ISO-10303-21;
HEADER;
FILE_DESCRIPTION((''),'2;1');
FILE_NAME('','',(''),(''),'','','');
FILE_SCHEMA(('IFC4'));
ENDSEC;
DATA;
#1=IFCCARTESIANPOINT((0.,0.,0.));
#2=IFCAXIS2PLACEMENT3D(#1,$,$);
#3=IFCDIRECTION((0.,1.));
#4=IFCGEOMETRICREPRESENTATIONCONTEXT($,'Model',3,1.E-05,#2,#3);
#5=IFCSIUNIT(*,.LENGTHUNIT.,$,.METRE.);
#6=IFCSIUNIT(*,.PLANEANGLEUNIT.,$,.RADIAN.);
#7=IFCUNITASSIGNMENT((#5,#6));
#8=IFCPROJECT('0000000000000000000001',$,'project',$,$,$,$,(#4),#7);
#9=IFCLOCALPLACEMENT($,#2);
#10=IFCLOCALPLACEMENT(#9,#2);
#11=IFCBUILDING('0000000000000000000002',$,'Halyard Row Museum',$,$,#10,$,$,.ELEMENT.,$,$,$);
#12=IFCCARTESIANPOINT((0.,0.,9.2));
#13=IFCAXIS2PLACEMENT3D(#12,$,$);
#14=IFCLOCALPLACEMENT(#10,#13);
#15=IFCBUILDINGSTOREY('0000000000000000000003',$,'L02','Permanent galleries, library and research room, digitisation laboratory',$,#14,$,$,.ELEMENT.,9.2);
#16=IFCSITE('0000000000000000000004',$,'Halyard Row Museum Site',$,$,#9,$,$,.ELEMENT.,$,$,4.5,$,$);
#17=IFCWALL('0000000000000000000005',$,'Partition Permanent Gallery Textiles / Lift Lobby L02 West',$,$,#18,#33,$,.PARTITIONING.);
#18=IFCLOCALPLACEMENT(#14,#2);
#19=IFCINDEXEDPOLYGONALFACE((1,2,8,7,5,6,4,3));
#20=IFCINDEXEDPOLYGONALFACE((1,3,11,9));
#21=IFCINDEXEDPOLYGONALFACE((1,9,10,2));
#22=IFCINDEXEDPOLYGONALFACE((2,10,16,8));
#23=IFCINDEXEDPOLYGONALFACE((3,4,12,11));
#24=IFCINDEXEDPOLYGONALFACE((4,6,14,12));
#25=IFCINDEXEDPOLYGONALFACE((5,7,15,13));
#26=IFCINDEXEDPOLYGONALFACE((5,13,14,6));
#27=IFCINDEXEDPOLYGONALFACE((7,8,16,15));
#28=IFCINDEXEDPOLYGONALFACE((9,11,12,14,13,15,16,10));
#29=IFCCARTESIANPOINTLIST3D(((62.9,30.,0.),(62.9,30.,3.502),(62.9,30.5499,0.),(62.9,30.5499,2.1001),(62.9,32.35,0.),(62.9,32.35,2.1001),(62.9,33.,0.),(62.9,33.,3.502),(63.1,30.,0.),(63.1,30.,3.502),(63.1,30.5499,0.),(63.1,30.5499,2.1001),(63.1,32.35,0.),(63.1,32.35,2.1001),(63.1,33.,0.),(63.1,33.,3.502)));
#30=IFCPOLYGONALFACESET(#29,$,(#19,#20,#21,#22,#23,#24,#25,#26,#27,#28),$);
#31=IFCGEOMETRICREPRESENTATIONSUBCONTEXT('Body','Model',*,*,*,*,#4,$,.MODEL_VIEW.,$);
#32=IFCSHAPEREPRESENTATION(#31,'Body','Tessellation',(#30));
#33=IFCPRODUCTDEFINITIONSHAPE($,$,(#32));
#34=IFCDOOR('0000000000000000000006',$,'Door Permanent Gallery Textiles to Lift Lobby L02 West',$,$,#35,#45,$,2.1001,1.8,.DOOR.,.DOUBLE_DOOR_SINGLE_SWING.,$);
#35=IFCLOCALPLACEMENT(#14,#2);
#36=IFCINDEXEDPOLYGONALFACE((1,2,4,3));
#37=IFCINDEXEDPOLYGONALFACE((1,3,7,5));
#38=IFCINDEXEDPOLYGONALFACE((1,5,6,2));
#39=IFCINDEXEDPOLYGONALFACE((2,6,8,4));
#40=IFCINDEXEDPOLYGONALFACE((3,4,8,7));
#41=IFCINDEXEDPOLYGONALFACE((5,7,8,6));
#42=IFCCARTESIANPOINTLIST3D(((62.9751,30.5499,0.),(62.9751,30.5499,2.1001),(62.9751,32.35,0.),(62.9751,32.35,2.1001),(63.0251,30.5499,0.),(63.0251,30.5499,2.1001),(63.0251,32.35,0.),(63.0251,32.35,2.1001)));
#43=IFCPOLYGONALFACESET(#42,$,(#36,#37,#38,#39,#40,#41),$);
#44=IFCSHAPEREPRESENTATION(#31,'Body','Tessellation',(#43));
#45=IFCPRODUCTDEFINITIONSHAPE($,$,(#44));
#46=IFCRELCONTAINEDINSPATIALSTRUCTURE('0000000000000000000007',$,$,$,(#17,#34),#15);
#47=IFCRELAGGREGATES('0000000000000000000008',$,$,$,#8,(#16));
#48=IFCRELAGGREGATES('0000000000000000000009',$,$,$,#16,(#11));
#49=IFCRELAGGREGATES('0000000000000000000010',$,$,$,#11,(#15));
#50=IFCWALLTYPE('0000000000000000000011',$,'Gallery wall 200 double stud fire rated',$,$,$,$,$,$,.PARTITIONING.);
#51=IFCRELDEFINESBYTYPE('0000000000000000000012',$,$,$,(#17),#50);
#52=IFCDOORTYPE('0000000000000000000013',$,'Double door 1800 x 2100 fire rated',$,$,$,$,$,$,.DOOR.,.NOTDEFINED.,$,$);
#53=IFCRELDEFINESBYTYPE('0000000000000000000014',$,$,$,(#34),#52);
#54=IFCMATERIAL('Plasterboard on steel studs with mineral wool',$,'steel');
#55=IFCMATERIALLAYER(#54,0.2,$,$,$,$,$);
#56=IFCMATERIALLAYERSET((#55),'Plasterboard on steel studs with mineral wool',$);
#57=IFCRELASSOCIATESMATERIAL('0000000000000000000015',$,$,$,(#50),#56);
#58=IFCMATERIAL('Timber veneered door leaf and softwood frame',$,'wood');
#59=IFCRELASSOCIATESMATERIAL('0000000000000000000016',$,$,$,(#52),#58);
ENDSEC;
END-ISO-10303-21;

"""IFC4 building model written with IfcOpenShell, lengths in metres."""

from ifc_helpers import new_model, si_unit, direction, frame, frame_2d, origin, place, context, subcontext, project, spatial, rectangle, extrude, material, layer, layer_set, type_object, element, fill, save


model = new_model("IFC4")

# Units and contexts
model_context = context("Model", 3, precision=1e-05, world=origin(), true_north=direction((0.0, 1.0)))
body_context = subcontext(model_context, "Body", "Model", "MODEL_VIEW")
ifc_project = project(units=[si_unit("LENGTHUNIT", "METRE"), si_unit("PLANEANGLEUNIT", "RADIAN")], contexts=[model_context])

# Site, building, storey
site_placement = place(None, origin())
site = spatial("IfcSite", under=ifc_project, at=site_placement, Name="Halyard Row Museum Site", CompositionType="ELEMENT", RefElevation=4.5)
building_placement = place(site_placement, origin())
building = spatial("IfcBuilding", under=site, at=building_placement, Name="Halyard Row Museum", CompositionType="ELEMENT")
storey_placement = place(building_placement, frame((0.0, 0.0, 9.2)))
storey = spatial("IfcBuildingStorey", under=building, at=storey_placement, Name="L02", Description="Permanent galleries, library and research room, digitisation laboratory", CompositionType="ELEMENT", Elevation=9.2)

# Wall, opening, door
ifc_material_1 = material(Name="Plasterboard on steel studs with mineral wool", Category="steel")
ifc_layer_1 = layer(ifc_material_1, 0.2)
ifc_layer_set_1 = layer_set([ifc_layer_1], Name="Plasterboard on steel studs with mineral wool")
wall_type_1 = type_object("IfcWallType", Name="Gallery wall 200 double stud fire rated", PredefinedType="PARTITIONING", material=ifc_layer_set_1)
wall_1_placement = place(storey_placement, frame((63.0, 30.0, 0.0), z_axis=(0.0, 0.0, 1.0), x_axis=(0.0, 1.0, 0.0)))
wall_1 = element("IfcWall", 1, at=wall_1_placement, inside=storey, type_object=wall_type_1, Name="Partition Permanent Gallery Textiles / Lift Lobby L02 West", PredefinedType="PARTITIONING", context=body_context, shape_type="SweptSolid", body=[
    extrude(rectangle(XDim=3.0, YDim=0.2, at=frame_2d((1.5, 0.0))), origin(), (0.0, 0.0, 1.0), 3.502),
])
opening_1_placement = place(wall_1_placement, frame((0.55, 0.0, 0.0)))
opening_1 = element("IfcOpeningElement", 2, at=opening_1_placement, cuts=wall_1, PredefinedType="OPENING", context=body_context, shape_type="SweptSolid", body=[
    extrude(rectangle(XDim=1.8, YDim=2.1001, at=frame_2d((0.8999, 1.05))), frame((0.0, 0.1099, 0.0), z_axis=(0.0, -1.0, 0.0), x_axis=(1.0, 0.0, 0.0)), (0.0, 0.0, 1.0), 0.22),
])
ifc_material_2 = material(Name="Timber veneered door leaf and softwood frame", Category="wood")
door_type_1 = type_object("IfcDoorType", Name="Double door 1800 x 2100 fire rated", OperationType="NOTDEFINED", PredefinedType="DOOR", material=ifc_material_2)
door_1_placement = place(opening_1_placement, origin())
door_1 = element("IfcDoor", 3, at=door_1_placement, inside=storey, type_object=door_type_1, Name="Door Permanent Gallery Textiles to Lift Lobby L02 West", OperationType="DOUBLE_DOOR_SINGLE_SWING", OverallHeight=2.1001, OverallWidth=1.8, PredefinedType="DOOR", context=body_context, shape_type="SweptSolid", body=[
    extrude(rectangle(XDim=1.8, YDim=2.1001, at=frame_2d((0.8999, 1.05))), frame((0.0, 0.0249, 0.0), z_axis=(0.0, -1.0, 0.0), x_axis=(1.0, 0.0, 0.0)), (0.0, 0.0, 1.0), 0.05),
])
fill(opening_1, door_1)

save(model, "model.ifc")
